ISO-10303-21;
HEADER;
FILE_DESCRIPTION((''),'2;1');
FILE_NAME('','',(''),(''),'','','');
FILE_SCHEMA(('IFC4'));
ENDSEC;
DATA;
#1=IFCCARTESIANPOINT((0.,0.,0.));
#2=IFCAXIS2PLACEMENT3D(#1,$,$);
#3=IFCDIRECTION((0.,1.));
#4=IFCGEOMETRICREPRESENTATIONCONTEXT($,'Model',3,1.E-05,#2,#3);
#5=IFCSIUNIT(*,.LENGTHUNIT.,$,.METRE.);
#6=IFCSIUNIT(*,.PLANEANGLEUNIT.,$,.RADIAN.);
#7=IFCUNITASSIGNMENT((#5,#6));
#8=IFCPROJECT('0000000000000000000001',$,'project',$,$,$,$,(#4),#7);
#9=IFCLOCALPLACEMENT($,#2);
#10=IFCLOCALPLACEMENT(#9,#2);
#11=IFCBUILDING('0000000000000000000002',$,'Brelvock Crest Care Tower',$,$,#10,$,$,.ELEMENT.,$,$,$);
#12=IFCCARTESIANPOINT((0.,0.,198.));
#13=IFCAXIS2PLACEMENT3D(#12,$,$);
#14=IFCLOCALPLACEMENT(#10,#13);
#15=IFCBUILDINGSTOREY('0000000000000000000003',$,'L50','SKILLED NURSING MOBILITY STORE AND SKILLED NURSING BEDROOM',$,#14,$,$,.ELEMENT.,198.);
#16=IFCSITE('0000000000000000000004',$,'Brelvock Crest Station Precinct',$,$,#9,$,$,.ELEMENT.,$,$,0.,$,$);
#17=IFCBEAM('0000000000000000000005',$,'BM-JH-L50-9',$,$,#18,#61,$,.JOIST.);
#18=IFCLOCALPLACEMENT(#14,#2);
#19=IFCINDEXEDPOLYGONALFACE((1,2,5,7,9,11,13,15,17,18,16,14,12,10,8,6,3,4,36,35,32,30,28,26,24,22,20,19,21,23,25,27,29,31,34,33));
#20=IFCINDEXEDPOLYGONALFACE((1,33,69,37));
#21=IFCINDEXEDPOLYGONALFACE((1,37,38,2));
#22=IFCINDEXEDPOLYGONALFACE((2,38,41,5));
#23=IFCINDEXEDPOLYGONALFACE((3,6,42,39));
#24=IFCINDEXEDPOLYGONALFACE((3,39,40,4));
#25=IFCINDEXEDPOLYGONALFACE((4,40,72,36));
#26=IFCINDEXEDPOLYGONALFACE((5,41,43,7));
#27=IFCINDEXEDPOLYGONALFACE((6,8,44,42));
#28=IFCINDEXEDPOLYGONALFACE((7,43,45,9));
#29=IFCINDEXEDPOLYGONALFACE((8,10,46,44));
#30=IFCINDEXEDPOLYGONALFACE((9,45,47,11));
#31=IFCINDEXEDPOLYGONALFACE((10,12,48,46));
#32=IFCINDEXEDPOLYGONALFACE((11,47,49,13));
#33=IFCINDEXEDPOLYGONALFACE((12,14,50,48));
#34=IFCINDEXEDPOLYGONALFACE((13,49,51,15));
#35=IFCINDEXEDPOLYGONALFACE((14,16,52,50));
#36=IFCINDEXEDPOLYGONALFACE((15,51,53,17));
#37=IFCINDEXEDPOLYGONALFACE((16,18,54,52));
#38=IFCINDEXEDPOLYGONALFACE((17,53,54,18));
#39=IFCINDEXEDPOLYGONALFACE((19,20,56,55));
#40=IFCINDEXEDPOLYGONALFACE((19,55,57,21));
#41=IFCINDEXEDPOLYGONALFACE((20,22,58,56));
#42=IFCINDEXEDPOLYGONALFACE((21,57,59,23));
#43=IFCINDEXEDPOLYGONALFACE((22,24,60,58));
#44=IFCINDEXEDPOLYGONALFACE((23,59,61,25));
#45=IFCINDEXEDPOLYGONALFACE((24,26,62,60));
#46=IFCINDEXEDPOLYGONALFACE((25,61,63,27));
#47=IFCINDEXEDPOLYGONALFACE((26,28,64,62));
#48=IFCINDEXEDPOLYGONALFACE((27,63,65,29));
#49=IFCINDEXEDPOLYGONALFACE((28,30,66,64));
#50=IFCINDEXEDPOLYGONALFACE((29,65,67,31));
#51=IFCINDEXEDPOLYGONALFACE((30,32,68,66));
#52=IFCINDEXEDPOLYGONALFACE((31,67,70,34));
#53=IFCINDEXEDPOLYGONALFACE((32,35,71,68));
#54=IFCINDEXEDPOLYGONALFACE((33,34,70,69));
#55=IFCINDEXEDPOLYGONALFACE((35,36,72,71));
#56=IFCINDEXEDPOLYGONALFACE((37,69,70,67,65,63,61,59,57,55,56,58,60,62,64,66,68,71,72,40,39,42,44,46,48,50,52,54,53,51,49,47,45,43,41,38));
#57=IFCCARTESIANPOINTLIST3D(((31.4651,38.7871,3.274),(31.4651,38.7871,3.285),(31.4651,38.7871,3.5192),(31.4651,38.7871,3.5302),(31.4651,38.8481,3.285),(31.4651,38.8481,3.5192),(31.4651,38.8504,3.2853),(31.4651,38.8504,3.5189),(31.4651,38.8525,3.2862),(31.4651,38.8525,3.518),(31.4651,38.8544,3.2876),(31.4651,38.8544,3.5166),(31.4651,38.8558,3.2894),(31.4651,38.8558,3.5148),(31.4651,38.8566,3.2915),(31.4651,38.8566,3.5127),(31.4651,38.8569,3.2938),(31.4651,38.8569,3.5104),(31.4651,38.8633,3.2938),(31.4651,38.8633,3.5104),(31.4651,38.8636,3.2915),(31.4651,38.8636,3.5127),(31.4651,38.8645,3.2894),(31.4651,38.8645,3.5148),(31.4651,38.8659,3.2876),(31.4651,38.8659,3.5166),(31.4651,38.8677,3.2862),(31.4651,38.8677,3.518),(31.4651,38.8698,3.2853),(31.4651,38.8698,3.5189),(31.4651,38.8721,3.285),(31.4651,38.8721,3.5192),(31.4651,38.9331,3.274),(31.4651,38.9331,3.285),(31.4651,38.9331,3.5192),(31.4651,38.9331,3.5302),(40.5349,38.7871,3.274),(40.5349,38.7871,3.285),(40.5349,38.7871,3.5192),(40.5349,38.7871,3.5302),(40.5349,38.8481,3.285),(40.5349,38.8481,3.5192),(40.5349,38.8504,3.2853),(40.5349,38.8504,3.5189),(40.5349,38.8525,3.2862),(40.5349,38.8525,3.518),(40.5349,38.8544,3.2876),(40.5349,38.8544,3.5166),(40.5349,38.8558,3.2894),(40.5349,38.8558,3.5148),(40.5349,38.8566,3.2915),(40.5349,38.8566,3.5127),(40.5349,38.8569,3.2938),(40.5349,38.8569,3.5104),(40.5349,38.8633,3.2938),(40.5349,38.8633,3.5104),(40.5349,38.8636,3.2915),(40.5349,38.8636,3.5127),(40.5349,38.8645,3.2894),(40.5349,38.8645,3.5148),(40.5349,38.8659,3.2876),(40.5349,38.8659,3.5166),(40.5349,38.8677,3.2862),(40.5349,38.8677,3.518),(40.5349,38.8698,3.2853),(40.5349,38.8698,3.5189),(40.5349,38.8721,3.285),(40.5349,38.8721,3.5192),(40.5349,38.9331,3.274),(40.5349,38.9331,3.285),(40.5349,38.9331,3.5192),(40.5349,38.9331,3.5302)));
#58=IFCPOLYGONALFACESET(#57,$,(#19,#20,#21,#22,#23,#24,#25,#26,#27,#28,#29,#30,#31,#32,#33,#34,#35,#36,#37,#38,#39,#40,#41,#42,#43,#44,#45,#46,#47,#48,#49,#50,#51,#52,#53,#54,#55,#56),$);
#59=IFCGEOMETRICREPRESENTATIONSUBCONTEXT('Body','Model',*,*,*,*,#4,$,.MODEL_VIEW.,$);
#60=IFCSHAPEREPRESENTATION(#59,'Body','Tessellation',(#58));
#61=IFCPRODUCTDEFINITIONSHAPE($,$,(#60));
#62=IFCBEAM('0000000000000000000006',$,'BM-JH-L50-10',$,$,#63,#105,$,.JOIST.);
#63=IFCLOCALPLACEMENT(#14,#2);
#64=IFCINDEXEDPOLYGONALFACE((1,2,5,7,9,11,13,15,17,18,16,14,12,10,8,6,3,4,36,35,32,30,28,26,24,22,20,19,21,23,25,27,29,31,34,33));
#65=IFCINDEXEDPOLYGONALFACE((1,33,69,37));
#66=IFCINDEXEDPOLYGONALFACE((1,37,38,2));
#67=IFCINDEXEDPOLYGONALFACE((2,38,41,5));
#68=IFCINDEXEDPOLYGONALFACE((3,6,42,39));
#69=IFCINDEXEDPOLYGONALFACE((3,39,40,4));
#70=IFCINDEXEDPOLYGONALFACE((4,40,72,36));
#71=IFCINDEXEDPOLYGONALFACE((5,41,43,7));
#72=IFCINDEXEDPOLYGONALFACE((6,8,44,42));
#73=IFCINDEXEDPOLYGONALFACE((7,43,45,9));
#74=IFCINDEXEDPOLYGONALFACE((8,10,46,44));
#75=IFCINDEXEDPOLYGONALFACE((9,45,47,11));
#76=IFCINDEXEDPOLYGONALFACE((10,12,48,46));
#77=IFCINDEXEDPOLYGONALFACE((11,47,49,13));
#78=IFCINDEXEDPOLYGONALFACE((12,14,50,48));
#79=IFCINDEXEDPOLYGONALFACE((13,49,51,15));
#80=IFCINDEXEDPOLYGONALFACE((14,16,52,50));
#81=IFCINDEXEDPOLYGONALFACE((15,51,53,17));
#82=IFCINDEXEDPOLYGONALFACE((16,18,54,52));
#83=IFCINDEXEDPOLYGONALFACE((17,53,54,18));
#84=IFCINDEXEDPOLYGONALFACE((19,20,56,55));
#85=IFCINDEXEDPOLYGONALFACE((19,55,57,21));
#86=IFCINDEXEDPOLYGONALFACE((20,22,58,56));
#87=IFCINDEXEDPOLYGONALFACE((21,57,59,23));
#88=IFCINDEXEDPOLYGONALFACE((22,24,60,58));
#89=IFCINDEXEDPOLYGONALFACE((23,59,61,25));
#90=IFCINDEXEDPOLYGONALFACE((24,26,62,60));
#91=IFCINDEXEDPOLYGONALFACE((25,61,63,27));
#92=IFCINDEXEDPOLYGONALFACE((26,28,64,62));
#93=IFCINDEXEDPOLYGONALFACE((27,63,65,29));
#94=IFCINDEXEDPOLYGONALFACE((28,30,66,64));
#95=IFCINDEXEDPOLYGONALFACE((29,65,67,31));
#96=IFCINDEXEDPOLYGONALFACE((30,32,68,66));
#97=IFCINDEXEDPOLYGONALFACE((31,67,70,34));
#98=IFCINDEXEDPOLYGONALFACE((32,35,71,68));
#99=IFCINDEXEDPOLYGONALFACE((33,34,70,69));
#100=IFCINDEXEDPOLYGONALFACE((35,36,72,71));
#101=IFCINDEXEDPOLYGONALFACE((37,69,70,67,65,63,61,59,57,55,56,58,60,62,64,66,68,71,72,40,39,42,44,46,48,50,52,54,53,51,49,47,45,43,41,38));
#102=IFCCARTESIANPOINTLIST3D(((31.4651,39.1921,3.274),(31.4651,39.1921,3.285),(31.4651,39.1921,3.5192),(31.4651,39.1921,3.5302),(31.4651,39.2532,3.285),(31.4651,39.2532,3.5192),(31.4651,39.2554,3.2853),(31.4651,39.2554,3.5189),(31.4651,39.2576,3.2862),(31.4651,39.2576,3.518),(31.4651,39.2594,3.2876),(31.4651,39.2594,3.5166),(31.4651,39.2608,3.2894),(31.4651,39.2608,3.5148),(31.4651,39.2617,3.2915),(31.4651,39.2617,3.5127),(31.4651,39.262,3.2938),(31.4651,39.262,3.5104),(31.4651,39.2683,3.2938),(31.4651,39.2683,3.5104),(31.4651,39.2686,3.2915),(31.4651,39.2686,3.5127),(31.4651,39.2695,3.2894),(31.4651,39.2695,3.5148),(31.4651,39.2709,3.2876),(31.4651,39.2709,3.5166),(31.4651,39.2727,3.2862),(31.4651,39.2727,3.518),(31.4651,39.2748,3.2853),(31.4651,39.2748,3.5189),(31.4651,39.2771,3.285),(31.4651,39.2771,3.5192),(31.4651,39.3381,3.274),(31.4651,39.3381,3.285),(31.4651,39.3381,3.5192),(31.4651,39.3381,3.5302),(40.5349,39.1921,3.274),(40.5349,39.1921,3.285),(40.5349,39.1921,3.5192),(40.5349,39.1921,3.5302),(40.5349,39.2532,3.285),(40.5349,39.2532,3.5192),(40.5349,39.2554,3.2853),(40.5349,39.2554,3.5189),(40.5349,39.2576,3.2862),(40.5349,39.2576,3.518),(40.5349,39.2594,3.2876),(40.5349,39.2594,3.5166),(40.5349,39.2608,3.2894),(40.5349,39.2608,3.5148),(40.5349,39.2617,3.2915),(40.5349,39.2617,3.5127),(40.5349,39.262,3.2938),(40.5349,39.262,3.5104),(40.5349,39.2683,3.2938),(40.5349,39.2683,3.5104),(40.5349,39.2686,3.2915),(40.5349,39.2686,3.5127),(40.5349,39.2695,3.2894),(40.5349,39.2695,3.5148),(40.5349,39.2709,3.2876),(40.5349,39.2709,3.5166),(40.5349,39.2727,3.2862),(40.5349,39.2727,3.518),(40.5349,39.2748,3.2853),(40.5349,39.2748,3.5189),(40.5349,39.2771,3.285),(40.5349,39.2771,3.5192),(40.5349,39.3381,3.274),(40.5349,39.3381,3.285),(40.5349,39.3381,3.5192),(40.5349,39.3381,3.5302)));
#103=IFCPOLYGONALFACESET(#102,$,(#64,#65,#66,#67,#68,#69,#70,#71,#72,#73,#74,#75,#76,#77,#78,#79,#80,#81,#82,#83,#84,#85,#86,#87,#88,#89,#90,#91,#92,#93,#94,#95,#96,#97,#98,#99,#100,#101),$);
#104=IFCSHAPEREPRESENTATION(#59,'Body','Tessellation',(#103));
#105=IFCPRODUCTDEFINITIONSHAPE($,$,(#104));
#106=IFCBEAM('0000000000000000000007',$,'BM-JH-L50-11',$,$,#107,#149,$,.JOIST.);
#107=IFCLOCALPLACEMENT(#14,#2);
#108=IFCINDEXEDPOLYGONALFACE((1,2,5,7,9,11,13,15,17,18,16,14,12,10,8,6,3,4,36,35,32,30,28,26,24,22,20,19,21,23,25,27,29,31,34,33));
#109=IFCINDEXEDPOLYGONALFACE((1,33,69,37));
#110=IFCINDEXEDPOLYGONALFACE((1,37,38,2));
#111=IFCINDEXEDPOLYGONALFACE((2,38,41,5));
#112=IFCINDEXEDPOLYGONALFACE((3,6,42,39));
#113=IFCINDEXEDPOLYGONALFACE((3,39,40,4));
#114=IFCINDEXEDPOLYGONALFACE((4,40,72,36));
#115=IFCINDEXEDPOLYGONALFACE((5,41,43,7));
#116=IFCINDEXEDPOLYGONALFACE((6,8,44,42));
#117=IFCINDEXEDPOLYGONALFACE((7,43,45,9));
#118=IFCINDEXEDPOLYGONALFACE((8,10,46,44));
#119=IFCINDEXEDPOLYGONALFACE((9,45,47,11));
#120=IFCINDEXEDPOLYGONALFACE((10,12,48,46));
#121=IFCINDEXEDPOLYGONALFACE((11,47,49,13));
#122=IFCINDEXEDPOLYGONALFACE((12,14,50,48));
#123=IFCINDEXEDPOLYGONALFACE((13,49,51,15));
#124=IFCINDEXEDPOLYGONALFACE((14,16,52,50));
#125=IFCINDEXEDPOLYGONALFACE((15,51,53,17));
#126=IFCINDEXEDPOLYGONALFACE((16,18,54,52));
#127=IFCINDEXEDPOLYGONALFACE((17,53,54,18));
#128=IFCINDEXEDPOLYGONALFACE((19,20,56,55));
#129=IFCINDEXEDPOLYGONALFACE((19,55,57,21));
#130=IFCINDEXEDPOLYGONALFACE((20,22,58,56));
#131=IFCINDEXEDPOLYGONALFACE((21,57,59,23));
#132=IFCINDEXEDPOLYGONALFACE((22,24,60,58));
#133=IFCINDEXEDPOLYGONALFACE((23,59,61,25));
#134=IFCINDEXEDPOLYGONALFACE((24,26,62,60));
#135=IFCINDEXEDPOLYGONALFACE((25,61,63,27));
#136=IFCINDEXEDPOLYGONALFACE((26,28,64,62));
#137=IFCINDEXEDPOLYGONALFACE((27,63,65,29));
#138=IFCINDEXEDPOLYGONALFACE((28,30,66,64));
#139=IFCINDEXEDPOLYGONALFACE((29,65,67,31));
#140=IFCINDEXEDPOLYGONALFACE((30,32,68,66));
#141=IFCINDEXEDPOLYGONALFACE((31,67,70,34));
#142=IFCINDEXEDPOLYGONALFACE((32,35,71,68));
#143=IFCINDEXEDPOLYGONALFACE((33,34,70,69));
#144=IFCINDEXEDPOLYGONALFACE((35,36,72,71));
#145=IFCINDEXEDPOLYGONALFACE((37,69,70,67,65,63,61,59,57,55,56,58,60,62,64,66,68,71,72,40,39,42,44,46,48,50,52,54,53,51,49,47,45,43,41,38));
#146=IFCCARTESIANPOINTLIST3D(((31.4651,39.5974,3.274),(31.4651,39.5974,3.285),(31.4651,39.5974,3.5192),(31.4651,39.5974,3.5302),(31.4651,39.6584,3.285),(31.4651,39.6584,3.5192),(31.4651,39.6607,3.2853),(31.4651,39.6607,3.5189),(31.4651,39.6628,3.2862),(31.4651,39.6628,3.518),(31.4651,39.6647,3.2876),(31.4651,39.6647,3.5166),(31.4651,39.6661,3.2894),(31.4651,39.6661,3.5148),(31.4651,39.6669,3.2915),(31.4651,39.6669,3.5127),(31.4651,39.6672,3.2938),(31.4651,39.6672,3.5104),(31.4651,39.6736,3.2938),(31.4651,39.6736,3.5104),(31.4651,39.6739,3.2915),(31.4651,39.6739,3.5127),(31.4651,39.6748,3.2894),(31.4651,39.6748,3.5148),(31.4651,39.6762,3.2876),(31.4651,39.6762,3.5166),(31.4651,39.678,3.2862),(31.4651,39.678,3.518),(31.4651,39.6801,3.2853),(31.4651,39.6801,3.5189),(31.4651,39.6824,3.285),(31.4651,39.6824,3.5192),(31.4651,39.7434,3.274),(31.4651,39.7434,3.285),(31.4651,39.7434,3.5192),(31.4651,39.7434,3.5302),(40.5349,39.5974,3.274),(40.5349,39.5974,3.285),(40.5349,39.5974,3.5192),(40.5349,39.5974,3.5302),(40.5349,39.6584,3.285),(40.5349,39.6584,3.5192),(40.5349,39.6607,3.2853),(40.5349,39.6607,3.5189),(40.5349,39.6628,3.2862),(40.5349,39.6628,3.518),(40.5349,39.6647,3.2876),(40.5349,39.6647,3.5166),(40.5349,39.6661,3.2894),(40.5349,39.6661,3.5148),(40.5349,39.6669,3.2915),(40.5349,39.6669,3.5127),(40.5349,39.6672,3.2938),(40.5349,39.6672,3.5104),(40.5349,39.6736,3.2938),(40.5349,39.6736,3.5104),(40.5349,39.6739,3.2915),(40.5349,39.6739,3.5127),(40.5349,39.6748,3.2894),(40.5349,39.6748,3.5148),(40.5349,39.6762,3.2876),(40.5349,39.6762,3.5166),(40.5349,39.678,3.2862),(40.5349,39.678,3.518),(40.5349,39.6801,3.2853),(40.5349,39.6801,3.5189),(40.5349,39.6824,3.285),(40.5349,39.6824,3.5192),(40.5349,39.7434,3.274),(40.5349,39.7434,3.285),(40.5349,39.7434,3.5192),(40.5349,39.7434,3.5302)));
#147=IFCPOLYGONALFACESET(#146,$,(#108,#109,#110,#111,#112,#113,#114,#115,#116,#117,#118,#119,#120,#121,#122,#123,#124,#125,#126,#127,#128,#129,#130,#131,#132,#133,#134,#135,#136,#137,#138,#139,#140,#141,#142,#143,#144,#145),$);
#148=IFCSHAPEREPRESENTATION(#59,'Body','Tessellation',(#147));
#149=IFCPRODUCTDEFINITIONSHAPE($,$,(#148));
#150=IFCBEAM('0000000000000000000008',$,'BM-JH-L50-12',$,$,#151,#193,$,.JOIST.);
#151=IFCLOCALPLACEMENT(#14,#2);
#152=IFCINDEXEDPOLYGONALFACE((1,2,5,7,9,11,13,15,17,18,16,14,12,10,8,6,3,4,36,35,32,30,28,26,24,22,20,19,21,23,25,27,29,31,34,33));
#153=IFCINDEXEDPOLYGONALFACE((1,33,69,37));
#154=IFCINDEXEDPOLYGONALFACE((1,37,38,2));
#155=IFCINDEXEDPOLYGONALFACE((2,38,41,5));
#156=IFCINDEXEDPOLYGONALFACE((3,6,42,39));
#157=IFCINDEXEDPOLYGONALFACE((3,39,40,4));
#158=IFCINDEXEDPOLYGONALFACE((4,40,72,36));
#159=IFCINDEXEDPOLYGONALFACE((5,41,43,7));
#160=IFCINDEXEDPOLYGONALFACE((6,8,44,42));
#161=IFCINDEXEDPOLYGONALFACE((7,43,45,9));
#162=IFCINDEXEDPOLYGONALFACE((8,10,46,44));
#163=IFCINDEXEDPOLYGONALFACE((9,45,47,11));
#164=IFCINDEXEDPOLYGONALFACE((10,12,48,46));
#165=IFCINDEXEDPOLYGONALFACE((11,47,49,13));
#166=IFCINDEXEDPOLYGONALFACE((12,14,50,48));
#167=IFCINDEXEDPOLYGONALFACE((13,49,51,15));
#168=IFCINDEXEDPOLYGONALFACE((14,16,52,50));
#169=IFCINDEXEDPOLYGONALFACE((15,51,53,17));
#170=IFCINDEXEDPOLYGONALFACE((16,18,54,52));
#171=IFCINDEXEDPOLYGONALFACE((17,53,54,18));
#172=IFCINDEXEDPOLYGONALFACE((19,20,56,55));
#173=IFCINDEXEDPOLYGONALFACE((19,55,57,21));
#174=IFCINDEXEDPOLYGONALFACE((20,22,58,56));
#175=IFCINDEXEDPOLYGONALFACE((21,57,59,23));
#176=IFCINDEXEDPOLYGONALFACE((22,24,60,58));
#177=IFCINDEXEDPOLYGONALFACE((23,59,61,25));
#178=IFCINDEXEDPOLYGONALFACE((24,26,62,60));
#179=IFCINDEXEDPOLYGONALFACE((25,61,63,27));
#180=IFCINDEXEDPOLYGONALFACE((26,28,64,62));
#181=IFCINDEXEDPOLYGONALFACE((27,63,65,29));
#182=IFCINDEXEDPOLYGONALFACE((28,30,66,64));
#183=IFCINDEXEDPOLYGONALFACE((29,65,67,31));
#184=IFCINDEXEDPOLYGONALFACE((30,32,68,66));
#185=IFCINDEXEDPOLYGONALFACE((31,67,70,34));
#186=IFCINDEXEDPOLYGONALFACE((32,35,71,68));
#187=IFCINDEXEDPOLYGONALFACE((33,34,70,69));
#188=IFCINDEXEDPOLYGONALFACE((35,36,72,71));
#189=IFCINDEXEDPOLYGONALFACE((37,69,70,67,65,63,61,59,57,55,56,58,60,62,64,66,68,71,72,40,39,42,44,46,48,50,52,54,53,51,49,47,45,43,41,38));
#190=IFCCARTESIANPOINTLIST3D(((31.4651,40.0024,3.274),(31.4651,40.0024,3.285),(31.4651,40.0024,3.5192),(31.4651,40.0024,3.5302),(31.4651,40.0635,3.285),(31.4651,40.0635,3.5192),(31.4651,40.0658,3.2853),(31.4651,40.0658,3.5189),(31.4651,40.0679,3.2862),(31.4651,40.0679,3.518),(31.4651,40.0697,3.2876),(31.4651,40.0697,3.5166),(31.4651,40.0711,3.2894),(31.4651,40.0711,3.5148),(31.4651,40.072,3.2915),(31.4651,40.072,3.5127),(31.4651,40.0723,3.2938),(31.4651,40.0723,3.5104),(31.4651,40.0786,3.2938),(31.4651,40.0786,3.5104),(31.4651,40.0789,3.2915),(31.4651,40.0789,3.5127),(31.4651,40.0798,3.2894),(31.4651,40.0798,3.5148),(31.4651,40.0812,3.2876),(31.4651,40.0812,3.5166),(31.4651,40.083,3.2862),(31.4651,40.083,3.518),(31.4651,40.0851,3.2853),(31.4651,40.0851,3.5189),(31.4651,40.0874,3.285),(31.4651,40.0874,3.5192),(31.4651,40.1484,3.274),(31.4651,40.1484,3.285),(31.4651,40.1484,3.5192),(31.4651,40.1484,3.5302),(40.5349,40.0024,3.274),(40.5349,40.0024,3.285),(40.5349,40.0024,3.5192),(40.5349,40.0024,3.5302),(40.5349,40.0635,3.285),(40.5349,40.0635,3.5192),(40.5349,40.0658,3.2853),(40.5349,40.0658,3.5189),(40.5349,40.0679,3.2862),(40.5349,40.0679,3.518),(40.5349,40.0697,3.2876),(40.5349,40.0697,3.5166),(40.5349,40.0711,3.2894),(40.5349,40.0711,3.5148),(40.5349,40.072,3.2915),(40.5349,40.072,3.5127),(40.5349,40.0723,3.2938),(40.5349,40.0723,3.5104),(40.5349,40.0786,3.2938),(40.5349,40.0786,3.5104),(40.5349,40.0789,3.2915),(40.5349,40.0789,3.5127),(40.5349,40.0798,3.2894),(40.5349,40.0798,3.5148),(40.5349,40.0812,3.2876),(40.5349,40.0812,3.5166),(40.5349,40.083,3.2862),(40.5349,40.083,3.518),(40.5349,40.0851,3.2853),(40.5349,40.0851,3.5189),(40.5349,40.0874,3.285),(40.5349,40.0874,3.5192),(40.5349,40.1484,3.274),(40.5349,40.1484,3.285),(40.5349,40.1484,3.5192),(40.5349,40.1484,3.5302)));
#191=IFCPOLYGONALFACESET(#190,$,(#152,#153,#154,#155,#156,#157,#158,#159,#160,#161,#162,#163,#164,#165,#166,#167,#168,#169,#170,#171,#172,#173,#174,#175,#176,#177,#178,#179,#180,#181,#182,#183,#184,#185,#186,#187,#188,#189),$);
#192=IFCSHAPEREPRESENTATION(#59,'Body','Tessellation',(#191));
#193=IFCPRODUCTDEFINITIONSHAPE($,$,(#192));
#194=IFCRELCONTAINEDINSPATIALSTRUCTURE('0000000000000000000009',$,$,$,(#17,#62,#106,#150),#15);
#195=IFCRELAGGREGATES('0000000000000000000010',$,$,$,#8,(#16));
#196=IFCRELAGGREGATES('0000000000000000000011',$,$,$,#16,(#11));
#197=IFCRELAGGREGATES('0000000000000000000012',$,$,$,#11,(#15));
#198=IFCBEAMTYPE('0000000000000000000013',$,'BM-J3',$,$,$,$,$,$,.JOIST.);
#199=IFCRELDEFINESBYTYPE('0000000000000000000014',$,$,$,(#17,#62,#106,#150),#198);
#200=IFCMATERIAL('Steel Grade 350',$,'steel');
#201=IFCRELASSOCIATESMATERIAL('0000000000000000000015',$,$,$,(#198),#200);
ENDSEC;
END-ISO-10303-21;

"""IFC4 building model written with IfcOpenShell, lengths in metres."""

from ifc_helpers import new_model, si_unit, direction, frame, origin, origin_2d, place, context, subcontext, project, spatial, i_section, extrude, source, transform, mapped, material, material_profile, profile_set, type_object, element, save


model = new_model("IFC4")

# Units and contexts
model_context = context("Model", 3, precision=1e-05, world=origin(), true_north=direction((0.0, 1.0)))
body_context = subcontext(model_context, "Body", "Model", "MODEL_VIEW")
ifc_project = project(units=[si_unit("LENGTHUNIT", "METRE"), si_unit("PLANEANGLEUNIT", "RADIAN")], contexts=[model_context])

# Site, building, storey
site_placement = place(None, origin())
site = spatial("IfcSite", under=ifc_project, at=site_placement, Name="Brelvock Crest Station Precinct", CompositionType="ELEMENT", RefElevation=0.0)
building_placement = place(site_placement, origin())
building = spatial("IfcBuilding", under=site, at=building_placement, Name="Brelvock Crest Care Tower", CompositionType="ELEMENT")
storey_placement = place(building_placement, frame((0.0, 0.0, 198.0)))
storey = spatial("IfcBuildingStorey", under=building, at=storey_placement, Name="L50", Description="SKILLED NURSING MOBILITY STORE AND SKILLED NURSING BEDROOM", CompositionType="ELEMENT", Elevation=198.0)

# Beams
ifc_material_1 = material(Name="Steel Grade 350", Category="steel")
ifc_material_profile_1 = material_profile(ifc_material_1, i_section(OverallWidth=0.146, OverallDepth=0.2561, WebThickness=0.0063, FlangeThickness=0.011, FilletRadius=0.0088, at=origin_2d()), Name="250UB37.3")
ifc_profile_set_1 = profile_set([ifc_material_profile_1], Name="Steel Grade 350")
beam_type_1 = type_object("IfcBeamType", Name="BM-J3", PredefinedType="JOIST", material=ifc_profile_set_1)
shared_shape_1 = source(origin(), body_context, "Body", "SweptSolid", [
    extrude(i_section(OverallWidth=0.146, OverallDepth=0.2561, WebThickness=0.0063, FlangeThickness=0.011, FilletRadius=0.0088, at=origin_2d()), origin(), (0.0, 0.0, 1.0), 9.0698),
])
for number, where, z_axis, x_axis, name in (
    (1, (31.4651, 38.8601, 3.4021), (1.0, 0.0, 0.0), (0.0, 1.0, 0.0), "BM-JH-L50-9"),
    (2, (31.4651, 39.2651, 3.4021), (1.0, 0.0, 0.0), (0.0, 1.0, 0.0), "BM-JH-L50-10"),
    (3, (31.4651, 39.6704, 3.4021), (1.0, 0.0, 0.0), (0.0, 1.0, 0.0), "BM-JH-L50-11"),
    (4, (31.4651, 40.0754, 3.4021), (1.0, 0.0, 0.0), (0.0, 1.0, 0.0), "BM-JH-L50-12"),
):
    element("IfcBeam", number, at=place(storey_placement, frame(where, z_axis=z_axis, x_axis=x_axis)), inside=storey, type_object=beam_type_1, Name=name, PredefinedType="JOIST", context=body_context, shape_type="MappedRepresentation", body=[
        mapped(shared_shape_1, transform((0.0, 0.0, 0.0), x_axis=(1.0, 0.0, 0.0), y_axis=(0.0, 1.0, 0.0), z_axis=(0.0, 0.0, 1.0), scale=1.0)),
    ])

save(model, "model.ifc")
